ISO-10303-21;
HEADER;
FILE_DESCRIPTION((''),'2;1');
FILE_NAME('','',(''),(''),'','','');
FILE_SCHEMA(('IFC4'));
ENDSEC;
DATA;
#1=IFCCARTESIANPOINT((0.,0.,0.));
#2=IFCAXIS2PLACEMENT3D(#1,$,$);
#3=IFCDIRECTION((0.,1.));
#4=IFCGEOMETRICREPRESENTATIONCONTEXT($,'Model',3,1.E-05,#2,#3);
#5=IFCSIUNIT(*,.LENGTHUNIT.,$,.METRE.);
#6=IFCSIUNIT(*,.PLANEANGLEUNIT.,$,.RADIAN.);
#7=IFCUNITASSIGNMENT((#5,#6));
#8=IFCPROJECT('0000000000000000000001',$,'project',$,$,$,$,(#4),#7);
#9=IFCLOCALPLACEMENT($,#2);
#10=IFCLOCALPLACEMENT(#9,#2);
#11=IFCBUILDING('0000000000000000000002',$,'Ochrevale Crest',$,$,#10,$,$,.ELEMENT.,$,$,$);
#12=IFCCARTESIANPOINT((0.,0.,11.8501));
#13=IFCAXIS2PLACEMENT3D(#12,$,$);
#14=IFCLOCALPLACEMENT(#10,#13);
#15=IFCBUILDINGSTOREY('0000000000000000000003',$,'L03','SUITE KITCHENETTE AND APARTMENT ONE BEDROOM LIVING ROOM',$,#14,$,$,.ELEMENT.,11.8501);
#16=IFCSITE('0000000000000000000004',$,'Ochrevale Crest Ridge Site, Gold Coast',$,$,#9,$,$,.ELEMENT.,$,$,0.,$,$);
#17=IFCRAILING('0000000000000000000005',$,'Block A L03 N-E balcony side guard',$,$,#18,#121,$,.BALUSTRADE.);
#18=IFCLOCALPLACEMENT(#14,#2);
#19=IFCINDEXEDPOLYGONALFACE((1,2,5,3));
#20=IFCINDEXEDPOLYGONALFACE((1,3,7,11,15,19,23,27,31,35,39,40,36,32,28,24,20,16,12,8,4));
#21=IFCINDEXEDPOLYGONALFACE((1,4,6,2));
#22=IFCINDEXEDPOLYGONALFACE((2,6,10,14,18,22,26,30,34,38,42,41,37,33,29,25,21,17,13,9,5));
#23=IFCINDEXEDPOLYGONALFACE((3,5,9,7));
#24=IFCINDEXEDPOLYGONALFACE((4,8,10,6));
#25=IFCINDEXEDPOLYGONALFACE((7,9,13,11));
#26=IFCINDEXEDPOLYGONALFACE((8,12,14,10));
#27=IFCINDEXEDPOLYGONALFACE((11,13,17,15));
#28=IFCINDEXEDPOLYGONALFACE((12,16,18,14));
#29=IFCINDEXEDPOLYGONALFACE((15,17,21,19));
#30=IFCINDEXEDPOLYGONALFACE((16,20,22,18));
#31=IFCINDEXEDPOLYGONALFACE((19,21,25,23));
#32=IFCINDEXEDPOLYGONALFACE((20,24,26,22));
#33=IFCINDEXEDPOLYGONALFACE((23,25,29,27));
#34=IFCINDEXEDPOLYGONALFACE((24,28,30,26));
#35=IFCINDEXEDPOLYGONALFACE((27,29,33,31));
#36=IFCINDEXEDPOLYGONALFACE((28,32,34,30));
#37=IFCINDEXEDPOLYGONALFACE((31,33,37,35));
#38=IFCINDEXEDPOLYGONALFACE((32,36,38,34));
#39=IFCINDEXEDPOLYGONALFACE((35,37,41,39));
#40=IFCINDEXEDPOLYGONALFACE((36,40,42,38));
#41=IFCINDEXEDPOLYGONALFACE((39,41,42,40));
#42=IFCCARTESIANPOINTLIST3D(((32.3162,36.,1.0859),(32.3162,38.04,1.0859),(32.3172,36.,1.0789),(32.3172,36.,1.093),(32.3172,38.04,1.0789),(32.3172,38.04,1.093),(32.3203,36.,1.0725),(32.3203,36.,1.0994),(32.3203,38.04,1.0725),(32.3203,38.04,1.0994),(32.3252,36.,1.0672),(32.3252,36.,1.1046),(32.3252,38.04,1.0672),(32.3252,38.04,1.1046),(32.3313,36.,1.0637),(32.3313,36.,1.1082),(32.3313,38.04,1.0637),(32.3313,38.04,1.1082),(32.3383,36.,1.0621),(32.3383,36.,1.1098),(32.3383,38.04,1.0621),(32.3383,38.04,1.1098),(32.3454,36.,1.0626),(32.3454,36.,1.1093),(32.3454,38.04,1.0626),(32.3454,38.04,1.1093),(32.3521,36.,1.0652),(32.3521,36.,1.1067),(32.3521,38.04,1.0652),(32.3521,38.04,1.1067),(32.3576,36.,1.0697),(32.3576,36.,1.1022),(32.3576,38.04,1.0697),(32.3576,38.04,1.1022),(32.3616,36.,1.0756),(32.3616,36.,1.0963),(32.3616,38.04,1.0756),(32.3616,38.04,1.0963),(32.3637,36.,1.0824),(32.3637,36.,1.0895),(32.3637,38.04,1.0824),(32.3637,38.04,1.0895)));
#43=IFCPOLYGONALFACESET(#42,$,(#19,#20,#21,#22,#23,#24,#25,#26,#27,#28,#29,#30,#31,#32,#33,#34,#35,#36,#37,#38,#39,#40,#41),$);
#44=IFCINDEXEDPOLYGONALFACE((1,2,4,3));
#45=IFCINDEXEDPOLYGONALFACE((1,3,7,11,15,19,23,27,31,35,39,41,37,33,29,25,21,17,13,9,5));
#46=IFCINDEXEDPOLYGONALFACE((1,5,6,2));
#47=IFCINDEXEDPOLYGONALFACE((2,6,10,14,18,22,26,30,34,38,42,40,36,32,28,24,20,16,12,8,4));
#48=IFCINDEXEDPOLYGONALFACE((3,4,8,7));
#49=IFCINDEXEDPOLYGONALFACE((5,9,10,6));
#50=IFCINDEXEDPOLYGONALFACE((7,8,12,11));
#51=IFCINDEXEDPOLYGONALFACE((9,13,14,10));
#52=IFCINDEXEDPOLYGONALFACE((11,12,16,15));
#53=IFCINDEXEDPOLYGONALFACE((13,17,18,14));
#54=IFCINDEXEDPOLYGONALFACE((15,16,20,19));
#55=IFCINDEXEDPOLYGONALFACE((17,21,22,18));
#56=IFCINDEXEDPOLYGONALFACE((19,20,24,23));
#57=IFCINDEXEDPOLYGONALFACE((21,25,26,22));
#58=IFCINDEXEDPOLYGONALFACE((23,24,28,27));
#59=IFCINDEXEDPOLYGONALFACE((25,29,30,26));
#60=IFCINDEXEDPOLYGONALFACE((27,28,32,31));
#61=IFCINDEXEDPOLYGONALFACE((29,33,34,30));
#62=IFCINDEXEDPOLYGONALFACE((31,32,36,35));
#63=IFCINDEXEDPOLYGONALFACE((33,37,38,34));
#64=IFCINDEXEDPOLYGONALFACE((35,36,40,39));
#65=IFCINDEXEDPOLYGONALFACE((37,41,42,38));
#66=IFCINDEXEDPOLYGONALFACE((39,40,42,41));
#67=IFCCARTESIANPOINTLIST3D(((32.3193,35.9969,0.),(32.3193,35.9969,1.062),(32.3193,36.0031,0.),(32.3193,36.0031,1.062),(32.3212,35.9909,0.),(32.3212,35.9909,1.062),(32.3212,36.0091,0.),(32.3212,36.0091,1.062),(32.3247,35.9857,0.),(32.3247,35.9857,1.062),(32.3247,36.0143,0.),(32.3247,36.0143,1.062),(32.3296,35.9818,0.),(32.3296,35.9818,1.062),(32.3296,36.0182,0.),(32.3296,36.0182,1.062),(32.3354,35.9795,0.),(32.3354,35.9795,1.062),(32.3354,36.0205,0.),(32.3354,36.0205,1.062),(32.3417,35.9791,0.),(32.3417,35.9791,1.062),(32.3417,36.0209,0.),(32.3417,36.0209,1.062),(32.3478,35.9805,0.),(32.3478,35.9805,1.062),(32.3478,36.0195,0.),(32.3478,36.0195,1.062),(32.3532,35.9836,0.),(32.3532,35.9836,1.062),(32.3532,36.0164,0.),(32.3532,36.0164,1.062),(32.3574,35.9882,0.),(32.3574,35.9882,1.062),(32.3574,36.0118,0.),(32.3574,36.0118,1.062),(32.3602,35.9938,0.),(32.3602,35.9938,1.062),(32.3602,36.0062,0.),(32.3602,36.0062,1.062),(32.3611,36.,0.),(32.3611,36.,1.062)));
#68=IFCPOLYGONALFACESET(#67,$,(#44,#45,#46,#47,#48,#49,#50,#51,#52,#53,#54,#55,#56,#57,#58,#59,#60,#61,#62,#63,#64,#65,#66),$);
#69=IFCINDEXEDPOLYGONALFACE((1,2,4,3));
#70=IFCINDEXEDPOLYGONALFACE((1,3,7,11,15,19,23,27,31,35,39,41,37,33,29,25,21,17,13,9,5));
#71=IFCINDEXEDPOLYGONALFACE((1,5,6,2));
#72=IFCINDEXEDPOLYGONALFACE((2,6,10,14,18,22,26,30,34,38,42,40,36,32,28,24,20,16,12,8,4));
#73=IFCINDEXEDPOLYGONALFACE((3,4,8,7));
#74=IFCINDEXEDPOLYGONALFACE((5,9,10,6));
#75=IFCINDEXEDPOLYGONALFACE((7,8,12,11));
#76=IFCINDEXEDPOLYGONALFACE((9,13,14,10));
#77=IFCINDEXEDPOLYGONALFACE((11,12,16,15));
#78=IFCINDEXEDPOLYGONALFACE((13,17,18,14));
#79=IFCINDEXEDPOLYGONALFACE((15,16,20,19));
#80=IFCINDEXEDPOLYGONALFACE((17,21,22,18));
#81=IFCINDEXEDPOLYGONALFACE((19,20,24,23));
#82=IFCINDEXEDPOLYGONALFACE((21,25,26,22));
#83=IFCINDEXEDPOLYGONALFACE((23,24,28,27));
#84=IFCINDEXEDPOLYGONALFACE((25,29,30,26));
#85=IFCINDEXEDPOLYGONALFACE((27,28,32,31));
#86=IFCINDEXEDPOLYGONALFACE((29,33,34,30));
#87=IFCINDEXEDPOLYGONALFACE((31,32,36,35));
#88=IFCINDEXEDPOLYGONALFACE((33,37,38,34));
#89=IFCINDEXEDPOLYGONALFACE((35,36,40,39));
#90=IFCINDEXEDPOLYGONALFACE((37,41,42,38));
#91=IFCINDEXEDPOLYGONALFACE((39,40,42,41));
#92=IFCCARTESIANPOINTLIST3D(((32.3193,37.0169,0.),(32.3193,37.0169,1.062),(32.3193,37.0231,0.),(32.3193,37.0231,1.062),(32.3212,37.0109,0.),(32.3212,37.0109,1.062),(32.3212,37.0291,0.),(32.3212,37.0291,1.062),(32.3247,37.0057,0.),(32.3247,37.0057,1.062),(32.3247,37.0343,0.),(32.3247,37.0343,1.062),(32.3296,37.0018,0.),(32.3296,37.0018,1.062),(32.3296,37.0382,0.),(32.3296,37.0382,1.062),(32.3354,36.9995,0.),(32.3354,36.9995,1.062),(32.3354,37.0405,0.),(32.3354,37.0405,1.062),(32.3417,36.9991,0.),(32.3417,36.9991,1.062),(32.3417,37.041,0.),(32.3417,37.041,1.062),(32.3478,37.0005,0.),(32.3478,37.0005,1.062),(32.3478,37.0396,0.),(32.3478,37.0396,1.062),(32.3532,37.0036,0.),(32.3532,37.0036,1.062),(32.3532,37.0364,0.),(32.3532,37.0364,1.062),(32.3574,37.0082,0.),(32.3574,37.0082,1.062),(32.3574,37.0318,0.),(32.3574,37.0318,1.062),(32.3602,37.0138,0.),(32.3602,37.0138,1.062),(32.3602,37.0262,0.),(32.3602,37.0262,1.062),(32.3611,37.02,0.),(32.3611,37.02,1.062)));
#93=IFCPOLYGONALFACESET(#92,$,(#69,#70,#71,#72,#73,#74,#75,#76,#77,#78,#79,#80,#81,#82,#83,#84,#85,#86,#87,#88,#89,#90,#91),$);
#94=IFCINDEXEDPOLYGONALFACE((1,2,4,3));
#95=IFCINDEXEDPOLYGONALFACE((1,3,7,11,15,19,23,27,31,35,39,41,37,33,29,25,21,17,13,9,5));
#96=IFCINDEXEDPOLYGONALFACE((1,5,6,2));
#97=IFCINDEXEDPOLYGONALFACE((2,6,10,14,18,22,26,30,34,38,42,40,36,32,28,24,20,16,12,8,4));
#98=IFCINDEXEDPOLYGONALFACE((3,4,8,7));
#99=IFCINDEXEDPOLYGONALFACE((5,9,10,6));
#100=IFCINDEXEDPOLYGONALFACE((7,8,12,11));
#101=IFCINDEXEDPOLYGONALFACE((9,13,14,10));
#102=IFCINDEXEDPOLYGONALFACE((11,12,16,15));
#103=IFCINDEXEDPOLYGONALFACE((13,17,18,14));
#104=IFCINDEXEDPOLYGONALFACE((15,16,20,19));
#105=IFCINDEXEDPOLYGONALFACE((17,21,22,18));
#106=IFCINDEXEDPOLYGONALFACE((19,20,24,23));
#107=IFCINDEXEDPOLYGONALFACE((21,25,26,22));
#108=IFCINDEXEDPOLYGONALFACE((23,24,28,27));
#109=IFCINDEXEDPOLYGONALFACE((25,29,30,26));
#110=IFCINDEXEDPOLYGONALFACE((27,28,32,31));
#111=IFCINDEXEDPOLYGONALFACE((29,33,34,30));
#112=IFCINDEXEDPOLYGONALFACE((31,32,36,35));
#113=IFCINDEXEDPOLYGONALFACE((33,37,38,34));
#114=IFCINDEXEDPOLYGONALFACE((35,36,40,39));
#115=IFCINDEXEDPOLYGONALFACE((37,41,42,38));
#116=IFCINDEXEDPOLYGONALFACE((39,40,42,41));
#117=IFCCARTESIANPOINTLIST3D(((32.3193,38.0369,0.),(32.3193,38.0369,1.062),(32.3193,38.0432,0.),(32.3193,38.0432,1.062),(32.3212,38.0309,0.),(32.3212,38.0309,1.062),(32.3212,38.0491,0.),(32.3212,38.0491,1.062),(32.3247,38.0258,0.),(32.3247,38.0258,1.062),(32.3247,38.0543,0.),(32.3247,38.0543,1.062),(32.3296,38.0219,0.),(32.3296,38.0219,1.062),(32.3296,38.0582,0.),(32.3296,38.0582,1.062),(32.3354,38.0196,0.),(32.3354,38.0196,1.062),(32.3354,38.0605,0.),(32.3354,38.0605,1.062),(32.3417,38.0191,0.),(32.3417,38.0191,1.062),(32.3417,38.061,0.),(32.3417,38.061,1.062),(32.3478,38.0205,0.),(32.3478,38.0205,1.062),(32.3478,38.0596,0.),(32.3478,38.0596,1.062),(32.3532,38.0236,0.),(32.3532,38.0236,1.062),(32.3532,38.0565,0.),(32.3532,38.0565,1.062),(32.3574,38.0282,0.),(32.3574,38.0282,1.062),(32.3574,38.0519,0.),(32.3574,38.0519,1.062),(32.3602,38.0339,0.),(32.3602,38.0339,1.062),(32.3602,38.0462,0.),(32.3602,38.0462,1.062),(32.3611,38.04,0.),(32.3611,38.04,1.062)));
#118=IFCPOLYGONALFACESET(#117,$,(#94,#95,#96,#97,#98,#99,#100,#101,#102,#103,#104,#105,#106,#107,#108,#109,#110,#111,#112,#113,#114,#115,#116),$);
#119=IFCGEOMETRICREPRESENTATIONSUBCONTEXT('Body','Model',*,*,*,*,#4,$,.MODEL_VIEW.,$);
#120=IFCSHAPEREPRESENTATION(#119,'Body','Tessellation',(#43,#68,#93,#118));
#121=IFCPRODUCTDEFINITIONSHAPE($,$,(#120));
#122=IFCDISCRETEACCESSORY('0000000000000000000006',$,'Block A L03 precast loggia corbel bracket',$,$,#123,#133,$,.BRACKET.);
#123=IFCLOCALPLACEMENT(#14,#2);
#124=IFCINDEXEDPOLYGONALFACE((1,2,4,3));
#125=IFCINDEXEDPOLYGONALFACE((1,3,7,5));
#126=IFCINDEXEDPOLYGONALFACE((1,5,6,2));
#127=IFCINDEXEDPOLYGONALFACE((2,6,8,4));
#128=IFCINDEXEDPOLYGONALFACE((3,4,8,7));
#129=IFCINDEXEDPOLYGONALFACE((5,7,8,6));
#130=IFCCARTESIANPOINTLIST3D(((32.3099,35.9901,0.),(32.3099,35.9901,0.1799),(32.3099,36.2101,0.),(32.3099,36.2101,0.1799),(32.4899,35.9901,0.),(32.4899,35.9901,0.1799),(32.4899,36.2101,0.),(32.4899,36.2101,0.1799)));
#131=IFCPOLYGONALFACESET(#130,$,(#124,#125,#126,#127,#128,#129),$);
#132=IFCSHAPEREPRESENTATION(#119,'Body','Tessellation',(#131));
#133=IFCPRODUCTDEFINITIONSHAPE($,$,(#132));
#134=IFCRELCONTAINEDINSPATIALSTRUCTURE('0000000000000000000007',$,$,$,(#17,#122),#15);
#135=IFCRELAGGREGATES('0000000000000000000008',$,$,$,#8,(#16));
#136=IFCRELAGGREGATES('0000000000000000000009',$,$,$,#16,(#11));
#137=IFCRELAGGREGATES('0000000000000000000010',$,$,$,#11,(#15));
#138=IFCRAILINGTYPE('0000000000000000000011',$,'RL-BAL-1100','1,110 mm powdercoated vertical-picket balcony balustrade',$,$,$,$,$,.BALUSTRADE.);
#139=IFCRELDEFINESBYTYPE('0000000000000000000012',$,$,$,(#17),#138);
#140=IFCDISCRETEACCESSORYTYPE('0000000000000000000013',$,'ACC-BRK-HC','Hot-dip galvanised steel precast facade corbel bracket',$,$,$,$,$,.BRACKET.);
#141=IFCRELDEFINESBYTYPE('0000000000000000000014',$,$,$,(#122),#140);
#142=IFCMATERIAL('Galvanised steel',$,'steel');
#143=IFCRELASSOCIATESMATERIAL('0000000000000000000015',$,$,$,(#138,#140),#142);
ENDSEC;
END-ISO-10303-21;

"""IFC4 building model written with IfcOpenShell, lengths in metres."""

from ifc_helpers import new_model, si_unit, direction, frame, origin, origin_2d, place, context, subcontext, project, spatial, rectangle, circle, extrude, material, type_object, element, save


model = new_model("IFC4")

# Units and contexts
model_context = context("Model", 3, precision=1e-05, world=origin(), true_north=direction((0.0, 1.0)))
body_context = subcontext(model_context, "Body", "Model", "MODEL_VIEW")
ifc_project = project(units=[si_unit("LENGTHUNIT", "METRE"), si_unit("PLANEANGLEUNIT", "RADIAN")], contexts=[model_context])

# Site, building, storey
site_placement = place(None, origin())
site = spatial("IfcSite", under=ifc_project, at=site_placement, Name="Ochrevale Crest Ridge Site, Gold Coast", CompositionType="ELEMENT", RefElevation=0.0)
building_placement = place(site_placement, origin())
building = spatial("IfcBuilding", under=site, at=building_placement, Name="Ochrevale Crest", CompositionType="ELEMENT")
storey_placement = place(building_placement, frame((0.0, 0.0, 11.8501)))
storey = spatial("IfcBuildingStorey", under=building, at=storey_placement, Name="L03", Description="SUITE KITCHENETTE AND APARTMENT ONE BEDROOM LIVING ROOM", CompositionType="ELEMENT", Elevation=11.8501)

# Railing
ifc_material_1 = material(Name="Galvanised steel", Category="steel")
railing_type = type_object("IfcRailingType", Name="RL-BAL-1100", Description="1,110 mm powdercoated vertical-picket balcony balustrade", PredefinedType="BALUSTRADE", material=ifc_material_1)
railing_placement = place(storey_placement, frame((32.3401, 36.0, 0.0)))
element("IfcRailing", 1, at=railing_placement, inside=storey, type_object=railing_type, Name="Block A L03 N-E balcony side guard", PredefinedType="BALUSTRADE", context=body_context, shape_type="SweptSolid", body=[
    extrude(circle(Radius=0.0239, at=origin_2d()), frame((0.0, 0.0, 1.0859), z_axis=(0.0, 1.0, 0.0), x_axis=(-1.0, 0.0, 0.0)), (0.0, 0.0, 1.0), 2.04),
    extrude(circle(Radius=0.021, at=origin_2d()), origin(), (0.0, 0.0, 1.0), 1.062),
    extrude(circle(Radius=0.021, at=origin_2d()), frame((0.0, 1.02, 0.0)), (0.0, 0.0, 1.0), 1.062),
    extrude(circle(Radius=0.021, at=origin_2d()), frame((0.0, 2.04, 0.0)), (0.0, 0.0, 1.0), 1.062),
])

# Discrete accessory
discrete_accessory_type = type_object("IfcDiscreteAccessoryType", Name="ACC-BRK-HC", Description="Hot-dip galvanised steel precast facade corbel bracket", PredefinedType="BRACKET", material=ifc_material_1)
discrete_accessory_placement = place(storey_placement, frame((32.3999, 36.1001, 0.0), z_axis=(0.0, 0.0, 1.0), x_axis=(1.0, 0.0, 0.0)))
element("IfcDiscreteAccessory", 2, at=discrete_accessory_placement, inside=storey, type_object=discrete_accessory_type, Name="Block A L03 precast loggia corbel bracket", PredefinedType="BRACKET", context=body_context, shape_type="SweptSolid", body=[
    extrude(rectangle(XDim=0.1799, YDim=0.22, at=origin_2d()), origin(), (0.0, 0.0, 1.0), 0.1799),
])

save(model, "model.ifc")
